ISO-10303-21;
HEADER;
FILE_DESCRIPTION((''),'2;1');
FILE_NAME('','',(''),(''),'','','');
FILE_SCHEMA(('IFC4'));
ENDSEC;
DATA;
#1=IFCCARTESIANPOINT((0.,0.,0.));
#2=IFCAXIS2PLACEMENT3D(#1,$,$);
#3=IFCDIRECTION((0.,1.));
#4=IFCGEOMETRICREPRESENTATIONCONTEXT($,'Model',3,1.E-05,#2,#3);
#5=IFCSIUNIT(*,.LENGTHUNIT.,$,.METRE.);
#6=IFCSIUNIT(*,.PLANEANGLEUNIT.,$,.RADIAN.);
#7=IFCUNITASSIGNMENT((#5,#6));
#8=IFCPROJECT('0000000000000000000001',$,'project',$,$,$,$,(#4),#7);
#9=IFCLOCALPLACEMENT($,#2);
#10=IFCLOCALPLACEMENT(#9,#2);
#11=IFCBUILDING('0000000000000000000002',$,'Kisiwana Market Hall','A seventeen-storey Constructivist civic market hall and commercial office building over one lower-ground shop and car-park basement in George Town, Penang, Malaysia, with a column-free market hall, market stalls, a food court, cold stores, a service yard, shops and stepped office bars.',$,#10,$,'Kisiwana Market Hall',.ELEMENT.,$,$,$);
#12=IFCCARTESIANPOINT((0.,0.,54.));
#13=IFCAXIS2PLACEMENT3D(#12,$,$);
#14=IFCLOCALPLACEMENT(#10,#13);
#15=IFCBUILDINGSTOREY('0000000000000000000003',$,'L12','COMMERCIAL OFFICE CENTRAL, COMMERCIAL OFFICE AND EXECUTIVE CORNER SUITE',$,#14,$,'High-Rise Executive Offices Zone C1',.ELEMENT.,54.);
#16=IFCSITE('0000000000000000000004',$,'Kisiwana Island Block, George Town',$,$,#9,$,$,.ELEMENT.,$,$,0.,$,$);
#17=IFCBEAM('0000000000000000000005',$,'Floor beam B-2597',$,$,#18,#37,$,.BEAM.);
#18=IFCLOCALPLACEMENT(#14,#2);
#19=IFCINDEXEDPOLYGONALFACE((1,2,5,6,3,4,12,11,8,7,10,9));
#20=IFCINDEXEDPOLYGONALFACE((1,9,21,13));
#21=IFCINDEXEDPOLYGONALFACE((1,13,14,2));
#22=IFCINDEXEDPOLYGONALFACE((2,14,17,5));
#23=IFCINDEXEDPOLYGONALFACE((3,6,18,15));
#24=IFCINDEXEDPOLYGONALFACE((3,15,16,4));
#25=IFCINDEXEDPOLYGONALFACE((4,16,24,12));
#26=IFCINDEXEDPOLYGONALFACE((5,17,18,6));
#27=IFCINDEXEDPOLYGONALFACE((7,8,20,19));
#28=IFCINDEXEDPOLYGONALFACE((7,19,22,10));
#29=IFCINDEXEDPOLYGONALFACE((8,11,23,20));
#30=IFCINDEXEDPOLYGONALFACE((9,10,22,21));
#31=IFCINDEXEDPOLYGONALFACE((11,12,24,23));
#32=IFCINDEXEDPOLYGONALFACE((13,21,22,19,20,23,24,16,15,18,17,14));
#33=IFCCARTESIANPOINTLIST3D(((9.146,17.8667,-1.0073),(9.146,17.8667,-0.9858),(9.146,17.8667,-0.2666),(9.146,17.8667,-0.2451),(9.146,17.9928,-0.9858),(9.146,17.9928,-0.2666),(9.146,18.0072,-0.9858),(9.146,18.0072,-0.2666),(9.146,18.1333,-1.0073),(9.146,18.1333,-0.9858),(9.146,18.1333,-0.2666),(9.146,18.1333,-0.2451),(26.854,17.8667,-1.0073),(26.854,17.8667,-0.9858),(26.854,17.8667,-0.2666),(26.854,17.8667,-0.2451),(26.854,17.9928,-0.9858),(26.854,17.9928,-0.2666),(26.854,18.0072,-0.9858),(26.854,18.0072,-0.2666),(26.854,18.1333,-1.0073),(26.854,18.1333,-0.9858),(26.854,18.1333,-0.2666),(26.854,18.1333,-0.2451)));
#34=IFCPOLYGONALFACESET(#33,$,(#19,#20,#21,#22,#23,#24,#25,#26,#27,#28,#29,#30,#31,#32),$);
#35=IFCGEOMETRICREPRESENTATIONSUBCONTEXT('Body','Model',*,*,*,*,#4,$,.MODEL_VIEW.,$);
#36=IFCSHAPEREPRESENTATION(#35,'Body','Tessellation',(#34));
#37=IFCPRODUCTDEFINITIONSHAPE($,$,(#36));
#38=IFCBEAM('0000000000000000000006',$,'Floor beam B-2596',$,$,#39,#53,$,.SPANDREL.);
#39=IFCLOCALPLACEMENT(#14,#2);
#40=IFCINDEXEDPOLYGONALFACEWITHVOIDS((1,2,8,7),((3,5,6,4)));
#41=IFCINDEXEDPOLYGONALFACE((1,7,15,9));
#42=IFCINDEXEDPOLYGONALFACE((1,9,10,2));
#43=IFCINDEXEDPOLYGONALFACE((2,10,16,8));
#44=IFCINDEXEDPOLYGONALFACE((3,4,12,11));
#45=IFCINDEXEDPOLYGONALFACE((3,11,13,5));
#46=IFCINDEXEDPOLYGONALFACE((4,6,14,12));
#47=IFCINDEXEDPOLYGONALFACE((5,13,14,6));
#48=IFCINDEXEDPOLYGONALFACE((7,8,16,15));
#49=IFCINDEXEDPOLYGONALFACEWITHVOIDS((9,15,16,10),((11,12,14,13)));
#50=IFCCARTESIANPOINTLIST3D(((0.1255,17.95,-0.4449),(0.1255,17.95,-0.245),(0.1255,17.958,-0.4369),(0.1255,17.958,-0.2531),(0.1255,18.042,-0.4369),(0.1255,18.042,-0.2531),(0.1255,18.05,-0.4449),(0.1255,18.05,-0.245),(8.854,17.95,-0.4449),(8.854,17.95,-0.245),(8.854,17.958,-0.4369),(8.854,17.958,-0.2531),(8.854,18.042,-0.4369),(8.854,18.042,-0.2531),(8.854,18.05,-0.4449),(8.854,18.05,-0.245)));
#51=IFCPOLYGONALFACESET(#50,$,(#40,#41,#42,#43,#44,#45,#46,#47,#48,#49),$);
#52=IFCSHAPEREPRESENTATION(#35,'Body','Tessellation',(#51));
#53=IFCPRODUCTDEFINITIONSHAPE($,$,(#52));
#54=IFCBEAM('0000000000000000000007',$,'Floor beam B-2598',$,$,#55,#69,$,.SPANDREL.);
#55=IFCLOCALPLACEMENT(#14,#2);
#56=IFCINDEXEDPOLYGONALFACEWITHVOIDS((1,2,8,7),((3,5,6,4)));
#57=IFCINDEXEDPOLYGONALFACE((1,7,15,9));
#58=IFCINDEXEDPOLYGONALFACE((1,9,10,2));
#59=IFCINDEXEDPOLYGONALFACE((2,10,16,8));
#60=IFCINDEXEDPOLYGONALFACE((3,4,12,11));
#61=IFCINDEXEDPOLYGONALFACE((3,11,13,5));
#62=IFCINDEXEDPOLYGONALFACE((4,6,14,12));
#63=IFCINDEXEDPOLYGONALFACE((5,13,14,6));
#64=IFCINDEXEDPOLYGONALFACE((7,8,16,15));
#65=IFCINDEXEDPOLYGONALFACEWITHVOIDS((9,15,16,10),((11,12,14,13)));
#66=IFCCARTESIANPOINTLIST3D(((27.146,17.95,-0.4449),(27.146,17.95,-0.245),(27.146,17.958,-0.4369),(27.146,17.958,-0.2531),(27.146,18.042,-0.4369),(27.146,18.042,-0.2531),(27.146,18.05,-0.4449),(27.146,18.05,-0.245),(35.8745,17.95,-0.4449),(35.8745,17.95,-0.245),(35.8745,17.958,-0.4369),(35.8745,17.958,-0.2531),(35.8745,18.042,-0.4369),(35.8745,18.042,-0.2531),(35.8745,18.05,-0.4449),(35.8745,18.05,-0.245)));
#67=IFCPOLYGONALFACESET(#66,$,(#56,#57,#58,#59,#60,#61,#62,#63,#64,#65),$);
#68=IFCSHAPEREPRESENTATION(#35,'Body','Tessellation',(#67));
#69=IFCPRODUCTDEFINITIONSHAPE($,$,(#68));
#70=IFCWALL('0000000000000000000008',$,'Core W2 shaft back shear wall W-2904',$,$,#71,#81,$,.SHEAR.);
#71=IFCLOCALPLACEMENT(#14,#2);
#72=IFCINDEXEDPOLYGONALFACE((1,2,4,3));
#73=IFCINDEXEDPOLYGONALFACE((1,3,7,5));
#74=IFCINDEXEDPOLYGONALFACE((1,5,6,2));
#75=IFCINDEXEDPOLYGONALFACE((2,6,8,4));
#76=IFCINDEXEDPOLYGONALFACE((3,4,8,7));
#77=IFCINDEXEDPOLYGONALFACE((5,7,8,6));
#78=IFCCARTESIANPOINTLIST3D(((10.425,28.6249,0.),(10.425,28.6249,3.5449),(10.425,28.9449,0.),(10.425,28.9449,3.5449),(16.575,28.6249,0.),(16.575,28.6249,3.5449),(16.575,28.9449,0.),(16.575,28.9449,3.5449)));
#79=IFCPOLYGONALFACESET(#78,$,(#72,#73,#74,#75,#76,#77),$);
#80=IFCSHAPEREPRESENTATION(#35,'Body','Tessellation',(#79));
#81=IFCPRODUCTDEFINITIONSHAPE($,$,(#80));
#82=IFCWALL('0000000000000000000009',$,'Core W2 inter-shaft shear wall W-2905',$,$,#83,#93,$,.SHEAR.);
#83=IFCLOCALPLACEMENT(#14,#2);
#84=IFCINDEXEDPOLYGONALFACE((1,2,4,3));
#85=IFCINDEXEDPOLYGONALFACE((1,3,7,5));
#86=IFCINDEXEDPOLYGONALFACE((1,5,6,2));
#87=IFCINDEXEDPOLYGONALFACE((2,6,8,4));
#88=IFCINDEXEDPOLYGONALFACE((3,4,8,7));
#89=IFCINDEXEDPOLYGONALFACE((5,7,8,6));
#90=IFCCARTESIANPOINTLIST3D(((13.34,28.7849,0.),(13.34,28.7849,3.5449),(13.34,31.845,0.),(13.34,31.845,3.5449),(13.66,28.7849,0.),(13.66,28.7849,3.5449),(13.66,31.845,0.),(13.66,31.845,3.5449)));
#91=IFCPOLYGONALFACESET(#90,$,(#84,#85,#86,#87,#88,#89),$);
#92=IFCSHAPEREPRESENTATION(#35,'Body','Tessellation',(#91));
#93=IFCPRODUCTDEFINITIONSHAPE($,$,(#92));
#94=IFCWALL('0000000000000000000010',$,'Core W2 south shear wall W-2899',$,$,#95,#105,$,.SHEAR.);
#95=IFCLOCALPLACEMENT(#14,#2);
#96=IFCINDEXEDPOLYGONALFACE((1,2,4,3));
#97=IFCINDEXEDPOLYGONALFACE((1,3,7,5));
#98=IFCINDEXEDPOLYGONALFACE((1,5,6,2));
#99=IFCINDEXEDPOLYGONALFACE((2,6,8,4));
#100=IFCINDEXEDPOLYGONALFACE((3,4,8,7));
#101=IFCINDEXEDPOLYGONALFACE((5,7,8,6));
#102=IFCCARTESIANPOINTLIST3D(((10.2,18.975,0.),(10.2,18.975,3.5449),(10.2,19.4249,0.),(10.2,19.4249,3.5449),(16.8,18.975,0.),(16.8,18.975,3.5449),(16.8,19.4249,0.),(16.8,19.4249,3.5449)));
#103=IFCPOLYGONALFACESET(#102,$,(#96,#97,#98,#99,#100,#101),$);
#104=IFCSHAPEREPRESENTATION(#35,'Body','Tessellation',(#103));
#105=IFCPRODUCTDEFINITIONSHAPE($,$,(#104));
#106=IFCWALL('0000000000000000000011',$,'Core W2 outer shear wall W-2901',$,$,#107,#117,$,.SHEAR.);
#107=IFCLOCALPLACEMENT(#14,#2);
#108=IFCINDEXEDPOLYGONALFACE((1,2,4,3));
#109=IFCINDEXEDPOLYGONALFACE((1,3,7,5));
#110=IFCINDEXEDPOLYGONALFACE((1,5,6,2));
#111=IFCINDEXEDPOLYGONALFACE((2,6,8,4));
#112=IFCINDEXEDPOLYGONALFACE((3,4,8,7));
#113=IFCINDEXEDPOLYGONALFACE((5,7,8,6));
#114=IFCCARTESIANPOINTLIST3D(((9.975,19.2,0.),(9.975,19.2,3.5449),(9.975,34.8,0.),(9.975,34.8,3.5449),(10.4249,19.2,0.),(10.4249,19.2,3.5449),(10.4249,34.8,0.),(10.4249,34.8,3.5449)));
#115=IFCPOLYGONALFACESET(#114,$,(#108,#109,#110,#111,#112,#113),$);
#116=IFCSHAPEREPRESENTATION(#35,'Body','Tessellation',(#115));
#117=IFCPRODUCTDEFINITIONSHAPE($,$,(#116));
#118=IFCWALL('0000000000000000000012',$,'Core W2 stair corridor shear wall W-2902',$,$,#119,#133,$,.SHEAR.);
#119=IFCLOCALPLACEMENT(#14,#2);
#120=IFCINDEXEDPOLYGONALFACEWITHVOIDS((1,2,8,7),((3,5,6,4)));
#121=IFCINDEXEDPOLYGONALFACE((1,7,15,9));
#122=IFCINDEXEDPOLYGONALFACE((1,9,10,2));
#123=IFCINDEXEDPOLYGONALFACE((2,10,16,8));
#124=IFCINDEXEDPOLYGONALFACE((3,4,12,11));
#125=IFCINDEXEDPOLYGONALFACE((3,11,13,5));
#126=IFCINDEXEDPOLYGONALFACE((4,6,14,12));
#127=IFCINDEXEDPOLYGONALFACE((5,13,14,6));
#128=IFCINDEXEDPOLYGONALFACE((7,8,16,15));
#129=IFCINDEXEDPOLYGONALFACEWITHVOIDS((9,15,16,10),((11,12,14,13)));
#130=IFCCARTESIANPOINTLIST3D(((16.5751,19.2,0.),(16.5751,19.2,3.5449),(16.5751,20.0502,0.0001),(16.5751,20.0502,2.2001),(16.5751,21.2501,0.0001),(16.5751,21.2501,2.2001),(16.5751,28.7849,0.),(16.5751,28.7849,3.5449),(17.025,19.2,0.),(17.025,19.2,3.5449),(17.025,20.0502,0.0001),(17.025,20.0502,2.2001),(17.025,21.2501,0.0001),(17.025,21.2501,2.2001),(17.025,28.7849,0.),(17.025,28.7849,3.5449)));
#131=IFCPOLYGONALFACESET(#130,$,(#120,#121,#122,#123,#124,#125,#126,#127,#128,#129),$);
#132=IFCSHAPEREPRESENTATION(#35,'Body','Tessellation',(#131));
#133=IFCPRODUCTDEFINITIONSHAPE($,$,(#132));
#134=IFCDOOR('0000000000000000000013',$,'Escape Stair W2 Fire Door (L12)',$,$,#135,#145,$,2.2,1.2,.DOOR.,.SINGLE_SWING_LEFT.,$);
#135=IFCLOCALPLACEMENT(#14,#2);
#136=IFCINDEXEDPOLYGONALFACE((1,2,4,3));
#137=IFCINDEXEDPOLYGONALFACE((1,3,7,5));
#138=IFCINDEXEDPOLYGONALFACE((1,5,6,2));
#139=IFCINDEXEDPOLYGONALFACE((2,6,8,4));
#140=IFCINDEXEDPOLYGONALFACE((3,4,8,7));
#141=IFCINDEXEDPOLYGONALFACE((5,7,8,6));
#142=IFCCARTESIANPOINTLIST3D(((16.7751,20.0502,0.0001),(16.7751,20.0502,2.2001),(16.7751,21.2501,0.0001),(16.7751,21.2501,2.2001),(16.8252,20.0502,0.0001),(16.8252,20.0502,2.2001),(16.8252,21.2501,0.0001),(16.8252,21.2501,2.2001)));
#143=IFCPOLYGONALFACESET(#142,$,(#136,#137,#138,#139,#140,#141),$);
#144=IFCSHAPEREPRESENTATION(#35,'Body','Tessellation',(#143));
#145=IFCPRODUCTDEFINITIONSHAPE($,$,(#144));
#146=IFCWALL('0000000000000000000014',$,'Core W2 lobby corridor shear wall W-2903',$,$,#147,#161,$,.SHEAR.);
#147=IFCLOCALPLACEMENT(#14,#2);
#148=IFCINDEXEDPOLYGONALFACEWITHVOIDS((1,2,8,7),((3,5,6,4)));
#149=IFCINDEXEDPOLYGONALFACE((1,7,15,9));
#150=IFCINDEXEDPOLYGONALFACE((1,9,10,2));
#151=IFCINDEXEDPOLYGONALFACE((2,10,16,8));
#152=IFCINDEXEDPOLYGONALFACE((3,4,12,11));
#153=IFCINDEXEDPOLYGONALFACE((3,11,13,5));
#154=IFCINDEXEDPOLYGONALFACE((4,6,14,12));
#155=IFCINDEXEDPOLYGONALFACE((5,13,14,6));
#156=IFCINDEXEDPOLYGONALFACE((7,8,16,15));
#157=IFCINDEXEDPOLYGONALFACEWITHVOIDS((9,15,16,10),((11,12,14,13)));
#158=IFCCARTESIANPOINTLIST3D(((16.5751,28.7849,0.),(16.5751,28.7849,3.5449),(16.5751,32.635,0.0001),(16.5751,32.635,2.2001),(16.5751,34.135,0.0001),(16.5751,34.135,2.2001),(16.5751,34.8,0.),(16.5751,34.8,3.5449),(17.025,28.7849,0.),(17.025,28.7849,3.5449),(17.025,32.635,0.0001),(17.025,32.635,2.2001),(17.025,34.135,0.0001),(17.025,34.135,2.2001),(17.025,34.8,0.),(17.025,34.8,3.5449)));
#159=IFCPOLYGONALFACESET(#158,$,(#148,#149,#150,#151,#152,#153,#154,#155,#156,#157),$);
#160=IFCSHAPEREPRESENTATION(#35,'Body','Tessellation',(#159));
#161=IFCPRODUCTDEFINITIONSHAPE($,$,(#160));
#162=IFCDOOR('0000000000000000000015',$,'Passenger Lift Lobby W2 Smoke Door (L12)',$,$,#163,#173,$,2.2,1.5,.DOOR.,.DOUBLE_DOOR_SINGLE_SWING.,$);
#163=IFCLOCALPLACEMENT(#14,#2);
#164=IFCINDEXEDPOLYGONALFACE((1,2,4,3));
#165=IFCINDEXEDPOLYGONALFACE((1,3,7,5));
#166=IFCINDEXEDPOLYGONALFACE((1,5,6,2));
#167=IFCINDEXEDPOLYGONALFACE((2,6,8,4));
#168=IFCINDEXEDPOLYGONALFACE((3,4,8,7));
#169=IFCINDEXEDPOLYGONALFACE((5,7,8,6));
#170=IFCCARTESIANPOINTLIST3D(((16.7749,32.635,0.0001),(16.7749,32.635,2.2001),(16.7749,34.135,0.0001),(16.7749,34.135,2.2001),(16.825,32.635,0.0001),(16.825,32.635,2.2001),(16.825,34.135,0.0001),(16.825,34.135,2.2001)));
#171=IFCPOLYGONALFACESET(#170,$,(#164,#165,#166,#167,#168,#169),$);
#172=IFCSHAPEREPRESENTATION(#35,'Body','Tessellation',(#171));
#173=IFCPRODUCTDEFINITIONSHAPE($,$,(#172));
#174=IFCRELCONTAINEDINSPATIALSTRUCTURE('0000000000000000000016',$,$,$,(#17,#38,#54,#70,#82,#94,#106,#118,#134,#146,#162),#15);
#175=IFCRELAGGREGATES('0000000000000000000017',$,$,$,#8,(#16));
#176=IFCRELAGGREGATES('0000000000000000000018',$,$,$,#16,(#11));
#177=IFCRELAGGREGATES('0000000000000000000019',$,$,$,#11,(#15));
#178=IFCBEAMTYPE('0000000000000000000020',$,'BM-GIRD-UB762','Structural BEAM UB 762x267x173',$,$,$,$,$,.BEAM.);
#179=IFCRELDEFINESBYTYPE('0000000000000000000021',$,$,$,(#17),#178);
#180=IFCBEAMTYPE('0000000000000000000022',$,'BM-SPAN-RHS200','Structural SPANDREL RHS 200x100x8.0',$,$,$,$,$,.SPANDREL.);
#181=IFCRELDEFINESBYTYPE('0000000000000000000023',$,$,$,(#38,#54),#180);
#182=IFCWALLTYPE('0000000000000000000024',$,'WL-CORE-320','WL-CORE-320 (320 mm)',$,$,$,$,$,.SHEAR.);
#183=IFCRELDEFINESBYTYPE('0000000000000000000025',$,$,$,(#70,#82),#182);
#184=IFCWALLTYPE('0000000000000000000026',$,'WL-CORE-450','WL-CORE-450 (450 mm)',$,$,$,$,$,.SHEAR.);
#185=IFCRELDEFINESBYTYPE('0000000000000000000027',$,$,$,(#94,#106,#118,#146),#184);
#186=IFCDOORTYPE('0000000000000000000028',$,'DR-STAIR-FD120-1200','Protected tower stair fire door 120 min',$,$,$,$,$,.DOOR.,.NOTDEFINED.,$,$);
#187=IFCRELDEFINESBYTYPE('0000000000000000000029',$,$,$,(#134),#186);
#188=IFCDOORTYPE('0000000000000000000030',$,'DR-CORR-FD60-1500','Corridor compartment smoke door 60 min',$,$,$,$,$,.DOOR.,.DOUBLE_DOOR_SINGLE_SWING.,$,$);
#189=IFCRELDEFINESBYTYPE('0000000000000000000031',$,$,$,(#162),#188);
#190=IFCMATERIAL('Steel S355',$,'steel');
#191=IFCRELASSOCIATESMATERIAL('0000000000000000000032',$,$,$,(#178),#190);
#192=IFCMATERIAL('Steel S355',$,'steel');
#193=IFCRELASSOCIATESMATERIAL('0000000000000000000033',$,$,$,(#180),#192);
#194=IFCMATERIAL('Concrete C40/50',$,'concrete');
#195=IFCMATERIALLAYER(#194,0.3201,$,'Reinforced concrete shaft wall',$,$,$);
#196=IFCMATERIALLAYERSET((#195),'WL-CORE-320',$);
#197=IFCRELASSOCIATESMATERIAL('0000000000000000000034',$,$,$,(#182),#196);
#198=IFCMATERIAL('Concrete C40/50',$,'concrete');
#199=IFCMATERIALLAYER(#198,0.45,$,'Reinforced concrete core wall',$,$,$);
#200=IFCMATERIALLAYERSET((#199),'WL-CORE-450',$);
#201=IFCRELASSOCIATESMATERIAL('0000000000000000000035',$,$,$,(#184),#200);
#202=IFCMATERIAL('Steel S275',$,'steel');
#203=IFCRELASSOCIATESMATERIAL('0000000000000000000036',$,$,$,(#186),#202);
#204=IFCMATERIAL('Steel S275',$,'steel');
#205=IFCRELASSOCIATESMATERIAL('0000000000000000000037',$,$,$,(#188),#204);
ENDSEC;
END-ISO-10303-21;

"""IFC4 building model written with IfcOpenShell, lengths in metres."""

from ifc_helpers import new_model, si_unit, direction, frame, frame_2d, origin, origin_2d, place, context, subcontext, project, spatial, rectangle, hollow_rectangle, i_section, extrude, material, layer, layer_set, material_profile, profile_set, type_object, element, fill, save


model = new_model("IFC4")

# Units and contexts
model_context = context("Model", 3, precision=1e-05, world=origin(), true_north=direction((0.0, 1.0)))
body_context = subcontext(model_context, "Body", "Model", "MODEL_VIEW")
ifc_project = project(units=[si_unit("LENGTHUNIT", "METRE"), si_unit("PLANEANGLEUNIT", "RADIAN")], contexts=[model_context])

# Site, building, storey
site_placement = place(None, origin())
site = spatial("IfcSite", under=ifc_project, at=site_placement, Name="Kisiwana Island Block, George Town", CompositionType="ELEMENT", RefElevation=0.0)
building_placement = place(site_placement, origin())
building = spatial("IfcBuilding", under=site, at=building_placement, Name="Kisiwana Market Hall", Description="A seventeen-storey Constructivist civic market hall and commercial office building over one lower-ground shop and car-park basement in George Town, Penang, Malaysia, with a column-free market hall, market stalls, a food court, cold stores, a service yard, shops and stepped office bars.", LongName="Kisiwana Market Hall", CompositionType="ELEMENT")
storey_placement = place(building_placement, frame((0.0, 0.0, 54.0)))
storey = spatial("IfcBuildingStorey", under=building, at=storey_placement, Name="L12", Description="COMMERCIAL OFFICE CENTRAL, COMMERCIAL OFFICE AND EXECUTIVE CORNER SUITE", LongName="High-Rise Executive Offices Zone C1", CompositionType="ELEMENT", Elevation=54.0)

# Beams
ifc_material_1 = material(Name="Steel S355", Category="steel")
ifc_material_profile_1 = material_profile(ifc_material_1, i_section(OverallWidth=0.2666, OverallDepth=0.7622, WebThickness=0.0144, FlangeThickness=0.0215, at=origin_2d()), Name="UB 762x267x173")
ifc_profile_set_1 = profile_set([ifc_material_profile_1], Name="Steel S355")
beam_type_1 = type_object("IfcBeamType", Name="BM-GIRD-UB762", Description="Structural BEAM UB 762x267x173", PredefinedType="BEAM", material=ifc_profile_set_1)
beam_placement = place(storey_placement, frame((9.146, 18.0, -0.6262), z_axis=(1.0, 0.0, 0.0), x_axis=(0.0, 1.0, 0.0)))
element("IfcBeam", 1, at=beam_placement, inside=storey, type_object=beam_type_1, Name="Floor beam B-2597", PredefinedType="BEAM", context=body_context, shape_type="SweptSolid", body=[
    extrude(i_section(OverallWidth=0.2666, OverallDepth=0.7622, WebThickness=0.0144, FlangeThickness=0.0215, at=origin_2d()), origin(), (0.0, 0.0, 1.0), 17.708),
])
ifc_material_2 = material(Name="Steel S355", Category="steel")
ifc_material_profile_2 = material_profile(ifc_material_2, hollow_rectangle(XDim=0.1001, YDim=0.2, WallThickness=0.0081, at=origin_2d()), Name="RHS 200x100x8.0")
ifc_profile_set_2 = profile_set([ifc_material_profile_2], Name="Steel S355")
beam_type_2 = type_object("IfcBeamType", Name="BM-SPAN-RHS200", Description="Structural SPANDREL RHS 200x100x8.0", PredefinedType="SPANDREL", material=ifc_profile_set_2)
for number, where, z_axis, x_axis, name in (
    (2, (0.1255, 18.0, -0.345), (1.0, 0.0, 0.0), (0.0, 1.0, 0.0), "Floor beam B-2596"),
    (3, (27.146, 18.0, -0.345), (1.0, 0.0, 0.0), (0.0, 1.0, 0.0), "Floor beam B-2598"),
):
    element("IfcBeam", number, at=place(storey_placement, frame(where, z_axis=z_axis, x_axis=x_axis)), inside=storey, type_object=beam_type_2, Name=name, PredefinedType="SPANDREL", context=body_context, shape_type="SweptSolid", body=[
        extrude(hollow_rectangle(XDim=0.1001, YDim=0.2, WallThickness=0.0081, at=origin_2d()), origin(), (0.0, 0.0, 1.0), 8.7285),
    ])

# Walls
ifc_material_3 = material(Name="Concrete C40/50", Category="concrete")
ifc_layer_1 = layer(ifc_material_3, 0.3201, Name="Reinforced concrete shaft wall")
ifc_layer_set_1 = layer_set([ifc_layer_1], Name="WL-CORE-320")
wall_type_1 = type_object("IfcWallType", Name="WL-CORE-320", Description="WL-CORE-320 (320 mm)", PredefinedType="SHEAR", material=ifc_layer_set_1)
wall_1_placement = place(storey_placement, frame((10.425, 28.7849, 0.0), z_axis=(0.0, 0.0, 1.0), x_axis=(1.0, 0.0, 0.0)))
element("IfcWall", 4, at=wall_1_placement, inside=storey, type_object=wall_type_1, Name="Core W2 shaft back shear wall W-2904", PredefinedType="SHEAR", context=body_context, shape_type="SweptSolid", body=[
    extrude(rectangle(XDim=6.1499, YDim=0.3201, at=frame_2d((3.075, 0.0))), origin(), (0.0, 0.0, 1.0), 3.5449),
])
wall_2_placement = place(storey_placement, frame((13.5, 28.7849, 0.0), z_axis=(0.0, 0.0, 1.0), x_axis=(0.0, 1.0, 0.0)))
element("IfcWall", 5, at=wall_2_placement, inside=storey, type_object=wall_type_1, Name="Core W2 inter-shaft shear wall W-2905", PredefinedType="SHEAR", context=body_context, shape_type="SweptSolid", body=[
    extrude(rectangle(XDim=3.0601, YDim=0.3201, at=frame_2d((1.53, 0.0))), origin(), (0.0, 0.0, 1.0), 3.5449),
])
ifc_material_4 = material(Name="Concrete C40/50", Category="concrete")
ifc_layer_2 = layer(ifc_material_4, 0.45, Name="Reinforced concrete core wall")
ifc_layer_set_2 = layer_set([ifc_layer_2], Name="WL-CORE-450")
wall_type_2 = type_object("IfcWallType", Name="WL-CORE-450", Description="WL-CORE-450 (450 mm)", PredefinedType="SHEAR", material=ifc_layer_set_2)
wall_3_placement = place(storey_placement, frame((10.2, 19.2, 0.0), z_axis=(0.0, 0.0, 1.0), x_axis=(1.0, 0.0, 0.0)))
element("IfcWall", 6, at=wall_3_placement, inside=storey, type_object=wall_type_2, Name="Core W2 south shear wall W-2899", PredefinedType="SHEAR", context=body_context, shape_type="SweptSolid", body=[
    extrude(rectangle(XDim=6.6001, YDim=0.45, at=frame_2d((3.3, 0.0))), origin(), (0.0, 0.0, 1.0), 3.5449),
])
wall_4_placement = place(storey_placement, frame((10.2, 19.2, 0.0), z_axis=(0.0, 0.0, 1.0), x_axis=(0.0, 1.0, 0.0)))
element("IfcWall", 7, at=wall_4_placement, inside=storey, type_object=wall_type_2, Name="Core W2 outer shear wall W-2901", PredefinedType="SHEAR", context=body_context, shape_type="SweptSolid", body=[
    extrude(rectangle(XDim=15.6001, YDim=0.45, at=frame_2d((7.8, 0.0))), origin(), (0.0, 0.0, 1.0), 3.5449),
])

# Walls, openings, doors
wall_5_placement = place(storey_placement, frame((16.8, 19.2, 0.0), z_axis=(0.0, 0.0, 1.0), x_axis=(0.0, 1.0, 0.0)))
wall_5 = element("IfcWall", 8, at=wall_5_placement, inside=storey, type_object=wall_type_2, Name="Core W2 stair corridor shear wall W-2902", PredefinedType="SHEAR", context=body_context, shape_type="SweptSolid", body=[
    extrude(rectangle(XDim=9.585, YDim=0.45, at=frame_2d((4.7925, 0.0))), origin(), (0.0, 0.0, 1.0), 3.5449),
])
opening_1_placement = place(wall_5_placement, frame((0.8501, 0.0, 0.0)))
opening_1 = element("IfcOpeningElement", 9, at=opening_1_placement, cuts=wall_5, PredefinedType="OPENING", context=body_context, shape_type="SweptSolid", body=[
    extrude(rectangle(XDim=1.2, YDim=2.2, at=frame_2d((0.6001, 1.1001))), frame((0.0, 0.2368, 0.0), z_axis=(0.0, -1.0, 0.0), x_axis=(1.0, 0.0, 0.0)), (0.0, 0.0, 1.0), 0.4739),
])
ifc_material_5 = material(Name="Steel S275", Category="steel")
door_type_1 = type_object("IfcDoorType", Name="DR-STAIR-FD120-1200", Description="Protected tower stair fire door 120 min", OperationType="NOTDEFINED", PredefinedType="DOOR", material=ifc_material_5)
door_1_placement = place(opening_1_placement, origin())
door_1 = element("IfcDoor", 10, at=door_1_placement, inside=storey, type_object=door_type_1, Name="Escape Stair W2 Fire Door (L12)", OperationType="SINGLE_SWING_LEFT", OverallHeight=2.2, OverallWidth=1.2, PredefinedType="DOOR", context=body_context, shape_type="SweptSolid", body=[
    extrude(rectangle(XDim=1.2, YDim=2.2, at=frame_2d((0.6001, 1.1001))), frame((0.0, 0.0249, 0.0), z_axis=(0.0, -1.0, 0.0), x_axis=(1.0, 0.0, 0.0)), (0.0, 0.0, 1.0), 0.05),
])
fill(opening_1, door_1)
wall_6_placement = place(storey_placement, frame((16.8, 28.7849, 0.0), z_axis=(0.0, 0.0, 1.0), x_axis=(0.0, 1.0, 0.0)))
wall_6 = element("IfcWall", 11, at=wall_6_placement, inside=storey, type_object=wall_type_2, Name="Core W2 lobby corridor shear wall W-2903", PredefinedType="SHEAR", context=body_context, shape_type="SweptSolid", body=[
    extrude(rectangle(XDim=6.0151, YDim=0.45, at=frame_2d((3.0076, 0.0))), origin(), (0.0, 0.0, 1.0), 3.5449),
])
opening_2_placement = place(wall_6_placement, frame((3.8501, 0.0, 0.0)))
opening_2 = element("IfcOpeningElement", 12, at=opening_2_placement, cuts=wall_6, PredefinedType="OPENING", context=body_context, shape_type="SweptSolid", body=[
    extrude(rectangle(XDim=1.5, YDim=2.2, at=frame_2d((0.75, 1.1001))), frame((0.0, 0.2368, 0.0), z_axis=(0.0, -1.0, 0.0), x_axis=(1.0, 0.0, 0.0)), (0.0, 0.0, 1.0), 0.4739),
])
ifc_material_6 = material(Name="Steel S275", Category="steel")
door_type_2 = type_object("IfcDoorType", Name="DR-CORR-FD60-1500", Description="Corridor compartment smoke door 60 min", OperationType="DOUBLE_DOOR_SINGLE_SWING", PredefinedType="DOOR", material=ifc_material_6)
door_2_placement = place(opening_2_placement, frame((1.5, 0.0, 0.0), z_axis=(0.0, 0.0, 1.0), x_axis=(-1.0, 0.0, 0.0)))
door_2 = element("IfcDoor", 13, at=door_2_placement, inside=storey, type_object=door_type_2, Name="Passenger Lift Lobby W2 Smoke Door (L12)", OperationType="DOUBLE_DOOR_SINGLE_SWING", OverallHeight=2.2, OverallWidth=1.5, PredefinedType="DOOR", context=body_context, shape_type="SweptSolid", body=[
    extrude(rectangle(XDim=1.5, YDim=2.2, at=frame_2d((0.75, 1.1001))), frame((0.0, 0.0249, 0.0), z_axis=(0.0, -1.0, 0.0), x_axis=(1.0, 0.0, 0.0)), (0.0, 0.0, 1.0), 0.05),
])
fill(opening_2, door_2)

save(model, "model.ifc")
